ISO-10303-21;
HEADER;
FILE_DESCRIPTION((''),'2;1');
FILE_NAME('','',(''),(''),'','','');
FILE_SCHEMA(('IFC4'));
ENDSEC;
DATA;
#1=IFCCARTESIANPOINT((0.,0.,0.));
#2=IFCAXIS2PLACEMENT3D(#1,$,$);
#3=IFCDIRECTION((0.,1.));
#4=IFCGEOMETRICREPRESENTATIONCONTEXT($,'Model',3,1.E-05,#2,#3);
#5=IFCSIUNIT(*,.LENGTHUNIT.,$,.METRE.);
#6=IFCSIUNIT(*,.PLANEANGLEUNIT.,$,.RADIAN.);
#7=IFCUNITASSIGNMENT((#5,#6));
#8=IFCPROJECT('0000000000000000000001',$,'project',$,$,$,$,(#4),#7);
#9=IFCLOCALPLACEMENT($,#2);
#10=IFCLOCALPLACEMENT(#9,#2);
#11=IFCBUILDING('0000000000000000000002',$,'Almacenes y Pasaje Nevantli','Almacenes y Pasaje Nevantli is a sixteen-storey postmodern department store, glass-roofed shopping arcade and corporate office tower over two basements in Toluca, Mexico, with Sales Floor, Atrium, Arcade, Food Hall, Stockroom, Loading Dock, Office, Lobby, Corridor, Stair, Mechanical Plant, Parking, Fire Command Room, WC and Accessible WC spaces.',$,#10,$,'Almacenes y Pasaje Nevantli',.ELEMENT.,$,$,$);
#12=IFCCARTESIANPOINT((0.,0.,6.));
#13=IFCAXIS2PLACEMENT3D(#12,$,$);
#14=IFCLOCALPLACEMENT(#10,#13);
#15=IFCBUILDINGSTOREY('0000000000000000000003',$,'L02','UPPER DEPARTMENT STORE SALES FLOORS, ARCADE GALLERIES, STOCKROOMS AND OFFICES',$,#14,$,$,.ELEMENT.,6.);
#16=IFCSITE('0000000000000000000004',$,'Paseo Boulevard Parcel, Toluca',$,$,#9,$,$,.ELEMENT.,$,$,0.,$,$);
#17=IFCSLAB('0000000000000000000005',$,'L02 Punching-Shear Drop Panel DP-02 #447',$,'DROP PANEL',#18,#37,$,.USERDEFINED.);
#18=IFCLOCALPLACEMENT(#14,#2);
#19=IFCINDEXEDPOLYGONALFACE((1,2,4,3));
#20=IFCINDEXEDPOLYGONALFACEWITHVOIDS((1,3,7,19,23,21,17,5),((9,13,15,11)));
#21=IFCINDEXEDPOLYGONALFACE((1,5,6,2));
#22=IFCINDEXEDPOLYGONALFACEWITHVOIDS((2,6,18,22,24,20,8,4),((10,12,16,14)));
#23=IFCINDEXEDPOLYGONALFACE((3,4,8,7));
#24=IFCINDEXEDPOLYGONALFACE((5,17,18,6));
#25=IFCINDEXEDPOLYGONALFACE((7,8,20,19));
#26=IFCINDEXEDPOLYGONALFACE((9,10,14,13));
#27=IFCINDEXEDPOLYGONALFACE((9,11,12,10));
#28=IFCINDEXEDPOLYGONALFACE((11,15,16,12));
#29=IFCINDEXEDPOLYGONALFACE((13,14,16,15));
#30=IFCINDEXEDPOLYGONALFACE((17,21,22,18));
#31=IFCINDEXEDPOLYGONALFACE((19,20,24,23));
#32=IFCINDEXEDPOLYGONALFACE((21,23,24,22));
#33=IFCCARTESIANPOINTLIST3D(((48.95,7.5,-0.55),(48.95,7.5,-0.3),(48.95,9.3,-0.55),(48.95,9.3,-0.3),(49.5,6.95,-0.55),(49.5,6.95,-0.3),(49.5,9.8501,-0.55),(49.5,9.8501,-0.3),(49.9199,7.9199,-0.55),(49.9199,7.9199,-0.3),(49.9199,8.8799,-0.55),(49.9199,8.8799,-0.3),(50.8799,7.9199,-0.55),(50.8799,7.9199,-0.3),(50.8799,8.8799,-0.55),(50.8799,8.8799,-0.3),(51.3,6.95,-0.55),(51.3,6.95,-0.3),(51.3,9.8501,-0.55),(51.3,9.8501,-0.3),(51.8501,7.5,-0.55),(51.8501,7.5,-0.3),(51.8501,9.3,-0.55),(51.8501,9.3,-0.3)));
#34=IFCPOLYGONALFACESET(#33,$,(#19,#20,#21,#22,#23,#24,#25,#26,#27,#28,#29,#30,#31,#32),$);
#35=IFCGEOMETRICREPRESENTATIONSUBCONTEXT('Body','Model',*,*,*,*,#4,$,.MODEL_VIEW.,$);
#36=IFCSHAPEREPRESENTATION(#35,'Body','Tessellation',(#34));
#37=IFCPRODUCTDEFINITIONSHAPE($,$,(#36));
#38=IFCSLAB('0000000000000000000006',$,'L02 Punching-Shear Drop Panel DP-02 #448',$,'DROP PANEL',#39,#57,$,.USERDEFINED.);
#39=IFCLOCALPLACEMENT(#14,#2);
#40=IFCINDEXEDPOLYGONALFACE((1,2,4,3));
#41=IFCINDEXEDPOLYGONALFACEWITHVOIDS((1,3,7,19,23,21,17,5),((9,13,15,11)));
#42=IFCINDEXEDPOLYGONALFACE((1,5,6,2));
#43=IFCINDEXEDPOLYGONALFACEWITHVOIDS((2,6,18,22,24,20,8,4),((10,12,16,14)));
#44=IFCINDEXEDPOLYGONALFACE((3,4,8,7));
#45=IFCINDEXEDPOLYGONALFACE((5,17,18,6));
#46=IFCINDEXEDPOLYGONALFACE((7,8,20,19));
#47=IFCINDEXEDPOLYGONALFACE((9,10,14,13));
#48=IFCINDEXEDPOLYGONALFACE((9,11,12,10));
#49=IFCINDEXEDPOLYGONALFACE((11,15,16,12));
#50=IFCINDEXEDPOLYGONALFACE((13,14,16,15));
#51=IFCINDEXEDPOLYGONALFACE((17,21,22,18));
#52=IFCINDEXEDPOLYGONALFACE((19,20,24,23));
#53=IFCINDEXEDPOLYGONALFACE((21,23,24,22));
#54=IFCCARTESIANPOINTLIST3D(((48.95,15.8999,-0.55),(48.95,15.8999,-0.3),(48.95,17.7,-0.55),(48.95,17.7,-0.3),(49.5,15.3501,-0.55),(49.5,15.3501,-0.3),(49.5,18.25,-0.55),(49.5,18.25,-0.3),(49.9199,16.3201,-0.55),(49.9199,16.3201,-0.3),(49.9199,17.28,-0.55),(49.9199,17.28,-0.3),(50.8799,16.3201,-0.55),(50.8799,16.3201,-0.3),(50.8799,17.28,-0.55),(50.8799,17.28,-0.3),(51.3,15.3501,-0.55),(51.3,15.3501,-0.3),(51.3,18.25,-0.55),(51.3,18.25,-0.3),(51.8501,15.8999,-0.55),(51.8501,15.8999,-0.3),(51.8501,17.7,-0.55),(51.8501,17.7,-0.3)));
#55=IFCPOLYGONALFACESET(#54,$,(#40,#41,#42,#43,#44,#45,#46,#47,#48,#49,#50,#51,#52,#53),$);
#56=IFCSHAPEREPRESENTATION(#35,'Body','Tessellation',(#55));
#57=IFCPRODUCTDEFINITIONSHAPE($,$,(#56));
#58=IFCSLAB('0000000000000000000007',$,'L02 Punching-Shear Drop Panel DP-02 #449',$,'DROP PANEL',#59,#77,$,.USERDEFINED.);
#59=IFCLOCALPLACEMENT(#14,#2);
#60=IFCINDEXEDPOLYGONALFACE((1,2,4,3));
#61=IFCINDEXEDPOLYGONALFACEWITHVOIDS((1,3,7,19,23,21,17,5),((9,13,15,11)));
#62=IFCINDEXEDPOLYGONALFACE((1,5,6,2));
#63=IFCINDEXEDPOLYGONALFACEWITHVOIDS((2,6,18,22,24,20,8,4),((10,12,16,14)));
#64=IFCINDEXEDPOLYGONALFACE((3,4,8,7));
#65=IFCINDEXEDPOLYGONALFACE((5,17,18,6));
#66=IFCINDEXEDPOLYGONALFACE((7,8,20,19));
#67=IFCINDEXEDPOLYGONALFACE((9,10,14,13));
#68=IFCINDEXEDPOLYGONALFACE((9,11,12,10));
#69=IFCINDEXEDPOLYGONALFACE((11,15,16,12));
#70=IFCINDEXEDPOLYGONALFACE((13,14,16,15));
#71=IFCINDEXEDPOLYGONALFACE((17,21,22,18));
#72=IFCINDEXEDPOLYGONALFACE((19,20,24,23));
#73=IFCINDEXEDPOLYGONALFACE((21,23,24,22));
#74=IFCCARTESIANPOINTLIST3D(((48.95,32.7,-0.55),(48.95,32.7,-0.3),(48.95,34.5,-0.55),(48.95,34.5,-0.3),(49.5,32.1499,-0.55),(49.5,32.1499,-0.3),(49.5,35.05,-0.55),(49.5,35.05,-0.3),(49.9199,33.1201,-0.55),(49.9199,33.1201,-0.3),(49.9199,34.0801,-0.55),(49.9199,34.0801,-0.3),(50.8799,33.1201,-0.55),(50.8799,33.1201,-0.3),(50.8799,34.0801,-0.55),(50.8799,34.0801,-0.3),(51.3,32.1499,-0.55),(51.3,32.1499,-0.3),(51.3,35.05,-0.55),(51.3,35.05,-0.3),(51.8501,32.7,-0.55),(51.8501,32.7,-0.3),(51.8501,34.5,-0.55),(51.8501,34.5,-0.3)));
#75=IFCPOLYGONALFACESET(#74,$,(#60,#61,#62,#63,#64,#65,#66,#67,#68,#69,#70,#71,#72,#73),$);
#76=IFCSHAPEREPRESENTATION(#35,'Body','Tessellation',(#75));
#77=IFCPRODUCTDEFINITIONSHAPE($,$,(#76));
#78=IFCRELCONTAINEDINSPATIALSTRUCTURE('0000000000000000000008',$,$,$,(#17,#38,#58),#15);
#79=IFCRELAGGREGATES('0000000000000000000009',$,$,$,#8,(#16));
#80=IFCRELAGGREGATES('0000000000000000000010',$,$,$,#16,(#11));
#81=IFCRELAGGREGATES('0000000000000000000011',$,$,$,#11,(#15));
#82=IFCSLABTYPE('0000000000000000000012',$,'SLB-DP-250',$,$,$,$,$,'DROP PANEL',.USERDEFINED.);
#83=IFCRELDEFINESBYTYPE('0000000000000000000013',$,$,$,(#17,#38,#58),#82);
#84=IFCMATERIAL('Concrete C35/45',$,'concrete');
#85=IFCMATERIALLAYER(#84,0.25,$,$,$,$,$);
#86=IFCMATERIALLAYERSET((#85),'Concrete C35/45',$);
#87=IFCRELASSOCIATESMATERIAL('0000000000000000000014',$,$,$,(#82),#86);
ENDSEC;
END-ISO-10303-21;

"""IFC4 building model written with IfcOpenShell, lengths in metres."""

from ifc_helpers import new_model, si_unit, direction, frame, origin, place, context, subcontext, project, spatial, polyline, outline, extrude, material, layer, layer_set, type_object, element, save


model = new_model("IFC4")

# Units and contexts
model_context = context("Model", 3, precision=1e-05, world=origin(), true_north=direction((0.0, 1.0)))
body_context = subcontext(model_context, "Body", "Model", "MODEL_VIEW")
ifc_project = project(units=[si_unit("LENGTHUNIT", "METRE"), si_unit("PLANEANGLEUNIT", "RADIAN")], contexts=[model_context])

# Site, building, storey
site_placement = place(None, origin())
site = spatial("IfcSite", under=ifc_project, at=site_placement, Name="Paseo Boulevard Parcel, Toluca", CompositionType="ELEMENT", RefElevation=0.0)
building_placement = place(site_placement, origin())
building = spatial("IfcBuilding", under=site, at=building_placement, Name="Almacenes y Pasaje Nevantli", Description="Almacenes y Pasaje Nevantli is a sixteen-storey postmodern department store, glass-roofed shopping arcade and corporate office tower over two basements in Toluca, Mexico, with Sales Floor, Atrium, Arcade, Food Hall, Stockroom, Loading Dock, Office, Lobby, Corridor, Stair, Mechanical Plant, Parking, Fire Command Room, WC and Accessible WC spaces.", LongName="Almacenes y Pasaje Nevantli", CompositionType="ELEMENT")
storey_placement = place(building_placement, frame((0.0, 0.0, 6.0)))
storey = spatial("IfcBuildingStorey", under=building, at=storey_placement, Name="L02", Description="UPPER DEPARTMENT STORE SALES FLOORS, ARCADE GALLERIES, STOCKROOMS AND OFFICES", CompositionType="ELEMENT", Elevation=6.0)

# Slabs
ifc_material = material(Name="Concrete C35/45", Category="concrete")
ifc_layer = layer(ifc_material, 0.25)
ifc_layer_set = layer_set([ifc_layer], Name="Concrete C35/45")
slab_type = type_object("IfcSlabType", Name="SLB-DP-250", ElementType="DROP PANEL", PredefinedType="USERDEFINED", material=ifc_layer_set)
slab_1_placement = place(storey_placement, frame((0.0, 0.0, -0.55)))
element("IfcSlab", 1, at=slab_1_placement, inside=storey, type_object=slab_type, Name="L02 Punching-Shear Drop Panel DP-02 #447", ObjectType="DROP PANEL", PredefinedType="USERDEFINED", context=body_context, shape_type="SweptSolid", body=[
    extrude(outline(polyline([(49.5, 6.95), (51.3, 6.95), (51.8501, 7.5), (51.8501, 9.3), (51.3, 9.8501), (49.5, 9.8501), (48.95, 9.3), (48.95, 7.5), (49.5, 6.95)]), holes=[polyline([(49.9199, 7.9199), (50.8799, 7.9199), (50.8799, 8.8799), (49.9199, 8.8799), (49.9199, 7.9199)])]), origin(), (0.0, 0.0, 1.0), 0.25),
])
slab_2_placement = place(storey_placement, frame((0.0, 0.0, -0.55)))
element("IfcSlab", 2, at=slab_2_placement, inside=storey, type_object=slab_type, Name="L02 Punching-Shear Drop Panel DP-02 #448", ObjectType="DROP PANEL", PredefinedType="USERDEFINED", context=body_context, shape_type="SweptSolid", body=[
    extrude(outline(polyline([(49.5, 15.3501), (51.3, 15.3501), (51.8501, 15.8999), (51.8501, 17.7), (51.3, 18.25), (49.5, 18.25), (48.95, 17.7), (48.95, 15.8999), (49.5, 15.3501)]), holes=[polyline([(49.9199, 16.3201), (50.8799, 16.3201), (50.8799, 17.28), (49.9199, 17.28), (49.9199, 16.3201)])]), origin(), (0.0, 0.0, 1.0), 0.25),
])
slab_3_placement = place(storey_placement, frame((0.0, 0.0, -0.55)))
element("IfcSlab", 3, at=slab_3_placement, inside=storey, type_object=slab_type, Name="L02 Punching-Shear Drop Panel DP-02 #449", ObjectType="DROP PANEL", PredefinedType="USERDEFINED", context=body_context, shape_type="SweptSolid", body=[
    extrude(outline(polyline([(49.5, 32.1499), (51.3, 32.1499), (51.8501, 32.7), (51.8501, 34.5), (51.3, 35.05), (49.5, 35.05), (48.95, 34.5), (48.95, 32.7), (49.5, 32.1499)]), holes=[polyline([(49.9199, 33.1201), (50.8799, 33.1201), (50.8799, 34.0801), (49.9199, 34.0801), (49.9199, 33.1201)])]), origin(), (0.0, 0.0, 1.0), 0.25),
])

save(model, "model.ifc")
